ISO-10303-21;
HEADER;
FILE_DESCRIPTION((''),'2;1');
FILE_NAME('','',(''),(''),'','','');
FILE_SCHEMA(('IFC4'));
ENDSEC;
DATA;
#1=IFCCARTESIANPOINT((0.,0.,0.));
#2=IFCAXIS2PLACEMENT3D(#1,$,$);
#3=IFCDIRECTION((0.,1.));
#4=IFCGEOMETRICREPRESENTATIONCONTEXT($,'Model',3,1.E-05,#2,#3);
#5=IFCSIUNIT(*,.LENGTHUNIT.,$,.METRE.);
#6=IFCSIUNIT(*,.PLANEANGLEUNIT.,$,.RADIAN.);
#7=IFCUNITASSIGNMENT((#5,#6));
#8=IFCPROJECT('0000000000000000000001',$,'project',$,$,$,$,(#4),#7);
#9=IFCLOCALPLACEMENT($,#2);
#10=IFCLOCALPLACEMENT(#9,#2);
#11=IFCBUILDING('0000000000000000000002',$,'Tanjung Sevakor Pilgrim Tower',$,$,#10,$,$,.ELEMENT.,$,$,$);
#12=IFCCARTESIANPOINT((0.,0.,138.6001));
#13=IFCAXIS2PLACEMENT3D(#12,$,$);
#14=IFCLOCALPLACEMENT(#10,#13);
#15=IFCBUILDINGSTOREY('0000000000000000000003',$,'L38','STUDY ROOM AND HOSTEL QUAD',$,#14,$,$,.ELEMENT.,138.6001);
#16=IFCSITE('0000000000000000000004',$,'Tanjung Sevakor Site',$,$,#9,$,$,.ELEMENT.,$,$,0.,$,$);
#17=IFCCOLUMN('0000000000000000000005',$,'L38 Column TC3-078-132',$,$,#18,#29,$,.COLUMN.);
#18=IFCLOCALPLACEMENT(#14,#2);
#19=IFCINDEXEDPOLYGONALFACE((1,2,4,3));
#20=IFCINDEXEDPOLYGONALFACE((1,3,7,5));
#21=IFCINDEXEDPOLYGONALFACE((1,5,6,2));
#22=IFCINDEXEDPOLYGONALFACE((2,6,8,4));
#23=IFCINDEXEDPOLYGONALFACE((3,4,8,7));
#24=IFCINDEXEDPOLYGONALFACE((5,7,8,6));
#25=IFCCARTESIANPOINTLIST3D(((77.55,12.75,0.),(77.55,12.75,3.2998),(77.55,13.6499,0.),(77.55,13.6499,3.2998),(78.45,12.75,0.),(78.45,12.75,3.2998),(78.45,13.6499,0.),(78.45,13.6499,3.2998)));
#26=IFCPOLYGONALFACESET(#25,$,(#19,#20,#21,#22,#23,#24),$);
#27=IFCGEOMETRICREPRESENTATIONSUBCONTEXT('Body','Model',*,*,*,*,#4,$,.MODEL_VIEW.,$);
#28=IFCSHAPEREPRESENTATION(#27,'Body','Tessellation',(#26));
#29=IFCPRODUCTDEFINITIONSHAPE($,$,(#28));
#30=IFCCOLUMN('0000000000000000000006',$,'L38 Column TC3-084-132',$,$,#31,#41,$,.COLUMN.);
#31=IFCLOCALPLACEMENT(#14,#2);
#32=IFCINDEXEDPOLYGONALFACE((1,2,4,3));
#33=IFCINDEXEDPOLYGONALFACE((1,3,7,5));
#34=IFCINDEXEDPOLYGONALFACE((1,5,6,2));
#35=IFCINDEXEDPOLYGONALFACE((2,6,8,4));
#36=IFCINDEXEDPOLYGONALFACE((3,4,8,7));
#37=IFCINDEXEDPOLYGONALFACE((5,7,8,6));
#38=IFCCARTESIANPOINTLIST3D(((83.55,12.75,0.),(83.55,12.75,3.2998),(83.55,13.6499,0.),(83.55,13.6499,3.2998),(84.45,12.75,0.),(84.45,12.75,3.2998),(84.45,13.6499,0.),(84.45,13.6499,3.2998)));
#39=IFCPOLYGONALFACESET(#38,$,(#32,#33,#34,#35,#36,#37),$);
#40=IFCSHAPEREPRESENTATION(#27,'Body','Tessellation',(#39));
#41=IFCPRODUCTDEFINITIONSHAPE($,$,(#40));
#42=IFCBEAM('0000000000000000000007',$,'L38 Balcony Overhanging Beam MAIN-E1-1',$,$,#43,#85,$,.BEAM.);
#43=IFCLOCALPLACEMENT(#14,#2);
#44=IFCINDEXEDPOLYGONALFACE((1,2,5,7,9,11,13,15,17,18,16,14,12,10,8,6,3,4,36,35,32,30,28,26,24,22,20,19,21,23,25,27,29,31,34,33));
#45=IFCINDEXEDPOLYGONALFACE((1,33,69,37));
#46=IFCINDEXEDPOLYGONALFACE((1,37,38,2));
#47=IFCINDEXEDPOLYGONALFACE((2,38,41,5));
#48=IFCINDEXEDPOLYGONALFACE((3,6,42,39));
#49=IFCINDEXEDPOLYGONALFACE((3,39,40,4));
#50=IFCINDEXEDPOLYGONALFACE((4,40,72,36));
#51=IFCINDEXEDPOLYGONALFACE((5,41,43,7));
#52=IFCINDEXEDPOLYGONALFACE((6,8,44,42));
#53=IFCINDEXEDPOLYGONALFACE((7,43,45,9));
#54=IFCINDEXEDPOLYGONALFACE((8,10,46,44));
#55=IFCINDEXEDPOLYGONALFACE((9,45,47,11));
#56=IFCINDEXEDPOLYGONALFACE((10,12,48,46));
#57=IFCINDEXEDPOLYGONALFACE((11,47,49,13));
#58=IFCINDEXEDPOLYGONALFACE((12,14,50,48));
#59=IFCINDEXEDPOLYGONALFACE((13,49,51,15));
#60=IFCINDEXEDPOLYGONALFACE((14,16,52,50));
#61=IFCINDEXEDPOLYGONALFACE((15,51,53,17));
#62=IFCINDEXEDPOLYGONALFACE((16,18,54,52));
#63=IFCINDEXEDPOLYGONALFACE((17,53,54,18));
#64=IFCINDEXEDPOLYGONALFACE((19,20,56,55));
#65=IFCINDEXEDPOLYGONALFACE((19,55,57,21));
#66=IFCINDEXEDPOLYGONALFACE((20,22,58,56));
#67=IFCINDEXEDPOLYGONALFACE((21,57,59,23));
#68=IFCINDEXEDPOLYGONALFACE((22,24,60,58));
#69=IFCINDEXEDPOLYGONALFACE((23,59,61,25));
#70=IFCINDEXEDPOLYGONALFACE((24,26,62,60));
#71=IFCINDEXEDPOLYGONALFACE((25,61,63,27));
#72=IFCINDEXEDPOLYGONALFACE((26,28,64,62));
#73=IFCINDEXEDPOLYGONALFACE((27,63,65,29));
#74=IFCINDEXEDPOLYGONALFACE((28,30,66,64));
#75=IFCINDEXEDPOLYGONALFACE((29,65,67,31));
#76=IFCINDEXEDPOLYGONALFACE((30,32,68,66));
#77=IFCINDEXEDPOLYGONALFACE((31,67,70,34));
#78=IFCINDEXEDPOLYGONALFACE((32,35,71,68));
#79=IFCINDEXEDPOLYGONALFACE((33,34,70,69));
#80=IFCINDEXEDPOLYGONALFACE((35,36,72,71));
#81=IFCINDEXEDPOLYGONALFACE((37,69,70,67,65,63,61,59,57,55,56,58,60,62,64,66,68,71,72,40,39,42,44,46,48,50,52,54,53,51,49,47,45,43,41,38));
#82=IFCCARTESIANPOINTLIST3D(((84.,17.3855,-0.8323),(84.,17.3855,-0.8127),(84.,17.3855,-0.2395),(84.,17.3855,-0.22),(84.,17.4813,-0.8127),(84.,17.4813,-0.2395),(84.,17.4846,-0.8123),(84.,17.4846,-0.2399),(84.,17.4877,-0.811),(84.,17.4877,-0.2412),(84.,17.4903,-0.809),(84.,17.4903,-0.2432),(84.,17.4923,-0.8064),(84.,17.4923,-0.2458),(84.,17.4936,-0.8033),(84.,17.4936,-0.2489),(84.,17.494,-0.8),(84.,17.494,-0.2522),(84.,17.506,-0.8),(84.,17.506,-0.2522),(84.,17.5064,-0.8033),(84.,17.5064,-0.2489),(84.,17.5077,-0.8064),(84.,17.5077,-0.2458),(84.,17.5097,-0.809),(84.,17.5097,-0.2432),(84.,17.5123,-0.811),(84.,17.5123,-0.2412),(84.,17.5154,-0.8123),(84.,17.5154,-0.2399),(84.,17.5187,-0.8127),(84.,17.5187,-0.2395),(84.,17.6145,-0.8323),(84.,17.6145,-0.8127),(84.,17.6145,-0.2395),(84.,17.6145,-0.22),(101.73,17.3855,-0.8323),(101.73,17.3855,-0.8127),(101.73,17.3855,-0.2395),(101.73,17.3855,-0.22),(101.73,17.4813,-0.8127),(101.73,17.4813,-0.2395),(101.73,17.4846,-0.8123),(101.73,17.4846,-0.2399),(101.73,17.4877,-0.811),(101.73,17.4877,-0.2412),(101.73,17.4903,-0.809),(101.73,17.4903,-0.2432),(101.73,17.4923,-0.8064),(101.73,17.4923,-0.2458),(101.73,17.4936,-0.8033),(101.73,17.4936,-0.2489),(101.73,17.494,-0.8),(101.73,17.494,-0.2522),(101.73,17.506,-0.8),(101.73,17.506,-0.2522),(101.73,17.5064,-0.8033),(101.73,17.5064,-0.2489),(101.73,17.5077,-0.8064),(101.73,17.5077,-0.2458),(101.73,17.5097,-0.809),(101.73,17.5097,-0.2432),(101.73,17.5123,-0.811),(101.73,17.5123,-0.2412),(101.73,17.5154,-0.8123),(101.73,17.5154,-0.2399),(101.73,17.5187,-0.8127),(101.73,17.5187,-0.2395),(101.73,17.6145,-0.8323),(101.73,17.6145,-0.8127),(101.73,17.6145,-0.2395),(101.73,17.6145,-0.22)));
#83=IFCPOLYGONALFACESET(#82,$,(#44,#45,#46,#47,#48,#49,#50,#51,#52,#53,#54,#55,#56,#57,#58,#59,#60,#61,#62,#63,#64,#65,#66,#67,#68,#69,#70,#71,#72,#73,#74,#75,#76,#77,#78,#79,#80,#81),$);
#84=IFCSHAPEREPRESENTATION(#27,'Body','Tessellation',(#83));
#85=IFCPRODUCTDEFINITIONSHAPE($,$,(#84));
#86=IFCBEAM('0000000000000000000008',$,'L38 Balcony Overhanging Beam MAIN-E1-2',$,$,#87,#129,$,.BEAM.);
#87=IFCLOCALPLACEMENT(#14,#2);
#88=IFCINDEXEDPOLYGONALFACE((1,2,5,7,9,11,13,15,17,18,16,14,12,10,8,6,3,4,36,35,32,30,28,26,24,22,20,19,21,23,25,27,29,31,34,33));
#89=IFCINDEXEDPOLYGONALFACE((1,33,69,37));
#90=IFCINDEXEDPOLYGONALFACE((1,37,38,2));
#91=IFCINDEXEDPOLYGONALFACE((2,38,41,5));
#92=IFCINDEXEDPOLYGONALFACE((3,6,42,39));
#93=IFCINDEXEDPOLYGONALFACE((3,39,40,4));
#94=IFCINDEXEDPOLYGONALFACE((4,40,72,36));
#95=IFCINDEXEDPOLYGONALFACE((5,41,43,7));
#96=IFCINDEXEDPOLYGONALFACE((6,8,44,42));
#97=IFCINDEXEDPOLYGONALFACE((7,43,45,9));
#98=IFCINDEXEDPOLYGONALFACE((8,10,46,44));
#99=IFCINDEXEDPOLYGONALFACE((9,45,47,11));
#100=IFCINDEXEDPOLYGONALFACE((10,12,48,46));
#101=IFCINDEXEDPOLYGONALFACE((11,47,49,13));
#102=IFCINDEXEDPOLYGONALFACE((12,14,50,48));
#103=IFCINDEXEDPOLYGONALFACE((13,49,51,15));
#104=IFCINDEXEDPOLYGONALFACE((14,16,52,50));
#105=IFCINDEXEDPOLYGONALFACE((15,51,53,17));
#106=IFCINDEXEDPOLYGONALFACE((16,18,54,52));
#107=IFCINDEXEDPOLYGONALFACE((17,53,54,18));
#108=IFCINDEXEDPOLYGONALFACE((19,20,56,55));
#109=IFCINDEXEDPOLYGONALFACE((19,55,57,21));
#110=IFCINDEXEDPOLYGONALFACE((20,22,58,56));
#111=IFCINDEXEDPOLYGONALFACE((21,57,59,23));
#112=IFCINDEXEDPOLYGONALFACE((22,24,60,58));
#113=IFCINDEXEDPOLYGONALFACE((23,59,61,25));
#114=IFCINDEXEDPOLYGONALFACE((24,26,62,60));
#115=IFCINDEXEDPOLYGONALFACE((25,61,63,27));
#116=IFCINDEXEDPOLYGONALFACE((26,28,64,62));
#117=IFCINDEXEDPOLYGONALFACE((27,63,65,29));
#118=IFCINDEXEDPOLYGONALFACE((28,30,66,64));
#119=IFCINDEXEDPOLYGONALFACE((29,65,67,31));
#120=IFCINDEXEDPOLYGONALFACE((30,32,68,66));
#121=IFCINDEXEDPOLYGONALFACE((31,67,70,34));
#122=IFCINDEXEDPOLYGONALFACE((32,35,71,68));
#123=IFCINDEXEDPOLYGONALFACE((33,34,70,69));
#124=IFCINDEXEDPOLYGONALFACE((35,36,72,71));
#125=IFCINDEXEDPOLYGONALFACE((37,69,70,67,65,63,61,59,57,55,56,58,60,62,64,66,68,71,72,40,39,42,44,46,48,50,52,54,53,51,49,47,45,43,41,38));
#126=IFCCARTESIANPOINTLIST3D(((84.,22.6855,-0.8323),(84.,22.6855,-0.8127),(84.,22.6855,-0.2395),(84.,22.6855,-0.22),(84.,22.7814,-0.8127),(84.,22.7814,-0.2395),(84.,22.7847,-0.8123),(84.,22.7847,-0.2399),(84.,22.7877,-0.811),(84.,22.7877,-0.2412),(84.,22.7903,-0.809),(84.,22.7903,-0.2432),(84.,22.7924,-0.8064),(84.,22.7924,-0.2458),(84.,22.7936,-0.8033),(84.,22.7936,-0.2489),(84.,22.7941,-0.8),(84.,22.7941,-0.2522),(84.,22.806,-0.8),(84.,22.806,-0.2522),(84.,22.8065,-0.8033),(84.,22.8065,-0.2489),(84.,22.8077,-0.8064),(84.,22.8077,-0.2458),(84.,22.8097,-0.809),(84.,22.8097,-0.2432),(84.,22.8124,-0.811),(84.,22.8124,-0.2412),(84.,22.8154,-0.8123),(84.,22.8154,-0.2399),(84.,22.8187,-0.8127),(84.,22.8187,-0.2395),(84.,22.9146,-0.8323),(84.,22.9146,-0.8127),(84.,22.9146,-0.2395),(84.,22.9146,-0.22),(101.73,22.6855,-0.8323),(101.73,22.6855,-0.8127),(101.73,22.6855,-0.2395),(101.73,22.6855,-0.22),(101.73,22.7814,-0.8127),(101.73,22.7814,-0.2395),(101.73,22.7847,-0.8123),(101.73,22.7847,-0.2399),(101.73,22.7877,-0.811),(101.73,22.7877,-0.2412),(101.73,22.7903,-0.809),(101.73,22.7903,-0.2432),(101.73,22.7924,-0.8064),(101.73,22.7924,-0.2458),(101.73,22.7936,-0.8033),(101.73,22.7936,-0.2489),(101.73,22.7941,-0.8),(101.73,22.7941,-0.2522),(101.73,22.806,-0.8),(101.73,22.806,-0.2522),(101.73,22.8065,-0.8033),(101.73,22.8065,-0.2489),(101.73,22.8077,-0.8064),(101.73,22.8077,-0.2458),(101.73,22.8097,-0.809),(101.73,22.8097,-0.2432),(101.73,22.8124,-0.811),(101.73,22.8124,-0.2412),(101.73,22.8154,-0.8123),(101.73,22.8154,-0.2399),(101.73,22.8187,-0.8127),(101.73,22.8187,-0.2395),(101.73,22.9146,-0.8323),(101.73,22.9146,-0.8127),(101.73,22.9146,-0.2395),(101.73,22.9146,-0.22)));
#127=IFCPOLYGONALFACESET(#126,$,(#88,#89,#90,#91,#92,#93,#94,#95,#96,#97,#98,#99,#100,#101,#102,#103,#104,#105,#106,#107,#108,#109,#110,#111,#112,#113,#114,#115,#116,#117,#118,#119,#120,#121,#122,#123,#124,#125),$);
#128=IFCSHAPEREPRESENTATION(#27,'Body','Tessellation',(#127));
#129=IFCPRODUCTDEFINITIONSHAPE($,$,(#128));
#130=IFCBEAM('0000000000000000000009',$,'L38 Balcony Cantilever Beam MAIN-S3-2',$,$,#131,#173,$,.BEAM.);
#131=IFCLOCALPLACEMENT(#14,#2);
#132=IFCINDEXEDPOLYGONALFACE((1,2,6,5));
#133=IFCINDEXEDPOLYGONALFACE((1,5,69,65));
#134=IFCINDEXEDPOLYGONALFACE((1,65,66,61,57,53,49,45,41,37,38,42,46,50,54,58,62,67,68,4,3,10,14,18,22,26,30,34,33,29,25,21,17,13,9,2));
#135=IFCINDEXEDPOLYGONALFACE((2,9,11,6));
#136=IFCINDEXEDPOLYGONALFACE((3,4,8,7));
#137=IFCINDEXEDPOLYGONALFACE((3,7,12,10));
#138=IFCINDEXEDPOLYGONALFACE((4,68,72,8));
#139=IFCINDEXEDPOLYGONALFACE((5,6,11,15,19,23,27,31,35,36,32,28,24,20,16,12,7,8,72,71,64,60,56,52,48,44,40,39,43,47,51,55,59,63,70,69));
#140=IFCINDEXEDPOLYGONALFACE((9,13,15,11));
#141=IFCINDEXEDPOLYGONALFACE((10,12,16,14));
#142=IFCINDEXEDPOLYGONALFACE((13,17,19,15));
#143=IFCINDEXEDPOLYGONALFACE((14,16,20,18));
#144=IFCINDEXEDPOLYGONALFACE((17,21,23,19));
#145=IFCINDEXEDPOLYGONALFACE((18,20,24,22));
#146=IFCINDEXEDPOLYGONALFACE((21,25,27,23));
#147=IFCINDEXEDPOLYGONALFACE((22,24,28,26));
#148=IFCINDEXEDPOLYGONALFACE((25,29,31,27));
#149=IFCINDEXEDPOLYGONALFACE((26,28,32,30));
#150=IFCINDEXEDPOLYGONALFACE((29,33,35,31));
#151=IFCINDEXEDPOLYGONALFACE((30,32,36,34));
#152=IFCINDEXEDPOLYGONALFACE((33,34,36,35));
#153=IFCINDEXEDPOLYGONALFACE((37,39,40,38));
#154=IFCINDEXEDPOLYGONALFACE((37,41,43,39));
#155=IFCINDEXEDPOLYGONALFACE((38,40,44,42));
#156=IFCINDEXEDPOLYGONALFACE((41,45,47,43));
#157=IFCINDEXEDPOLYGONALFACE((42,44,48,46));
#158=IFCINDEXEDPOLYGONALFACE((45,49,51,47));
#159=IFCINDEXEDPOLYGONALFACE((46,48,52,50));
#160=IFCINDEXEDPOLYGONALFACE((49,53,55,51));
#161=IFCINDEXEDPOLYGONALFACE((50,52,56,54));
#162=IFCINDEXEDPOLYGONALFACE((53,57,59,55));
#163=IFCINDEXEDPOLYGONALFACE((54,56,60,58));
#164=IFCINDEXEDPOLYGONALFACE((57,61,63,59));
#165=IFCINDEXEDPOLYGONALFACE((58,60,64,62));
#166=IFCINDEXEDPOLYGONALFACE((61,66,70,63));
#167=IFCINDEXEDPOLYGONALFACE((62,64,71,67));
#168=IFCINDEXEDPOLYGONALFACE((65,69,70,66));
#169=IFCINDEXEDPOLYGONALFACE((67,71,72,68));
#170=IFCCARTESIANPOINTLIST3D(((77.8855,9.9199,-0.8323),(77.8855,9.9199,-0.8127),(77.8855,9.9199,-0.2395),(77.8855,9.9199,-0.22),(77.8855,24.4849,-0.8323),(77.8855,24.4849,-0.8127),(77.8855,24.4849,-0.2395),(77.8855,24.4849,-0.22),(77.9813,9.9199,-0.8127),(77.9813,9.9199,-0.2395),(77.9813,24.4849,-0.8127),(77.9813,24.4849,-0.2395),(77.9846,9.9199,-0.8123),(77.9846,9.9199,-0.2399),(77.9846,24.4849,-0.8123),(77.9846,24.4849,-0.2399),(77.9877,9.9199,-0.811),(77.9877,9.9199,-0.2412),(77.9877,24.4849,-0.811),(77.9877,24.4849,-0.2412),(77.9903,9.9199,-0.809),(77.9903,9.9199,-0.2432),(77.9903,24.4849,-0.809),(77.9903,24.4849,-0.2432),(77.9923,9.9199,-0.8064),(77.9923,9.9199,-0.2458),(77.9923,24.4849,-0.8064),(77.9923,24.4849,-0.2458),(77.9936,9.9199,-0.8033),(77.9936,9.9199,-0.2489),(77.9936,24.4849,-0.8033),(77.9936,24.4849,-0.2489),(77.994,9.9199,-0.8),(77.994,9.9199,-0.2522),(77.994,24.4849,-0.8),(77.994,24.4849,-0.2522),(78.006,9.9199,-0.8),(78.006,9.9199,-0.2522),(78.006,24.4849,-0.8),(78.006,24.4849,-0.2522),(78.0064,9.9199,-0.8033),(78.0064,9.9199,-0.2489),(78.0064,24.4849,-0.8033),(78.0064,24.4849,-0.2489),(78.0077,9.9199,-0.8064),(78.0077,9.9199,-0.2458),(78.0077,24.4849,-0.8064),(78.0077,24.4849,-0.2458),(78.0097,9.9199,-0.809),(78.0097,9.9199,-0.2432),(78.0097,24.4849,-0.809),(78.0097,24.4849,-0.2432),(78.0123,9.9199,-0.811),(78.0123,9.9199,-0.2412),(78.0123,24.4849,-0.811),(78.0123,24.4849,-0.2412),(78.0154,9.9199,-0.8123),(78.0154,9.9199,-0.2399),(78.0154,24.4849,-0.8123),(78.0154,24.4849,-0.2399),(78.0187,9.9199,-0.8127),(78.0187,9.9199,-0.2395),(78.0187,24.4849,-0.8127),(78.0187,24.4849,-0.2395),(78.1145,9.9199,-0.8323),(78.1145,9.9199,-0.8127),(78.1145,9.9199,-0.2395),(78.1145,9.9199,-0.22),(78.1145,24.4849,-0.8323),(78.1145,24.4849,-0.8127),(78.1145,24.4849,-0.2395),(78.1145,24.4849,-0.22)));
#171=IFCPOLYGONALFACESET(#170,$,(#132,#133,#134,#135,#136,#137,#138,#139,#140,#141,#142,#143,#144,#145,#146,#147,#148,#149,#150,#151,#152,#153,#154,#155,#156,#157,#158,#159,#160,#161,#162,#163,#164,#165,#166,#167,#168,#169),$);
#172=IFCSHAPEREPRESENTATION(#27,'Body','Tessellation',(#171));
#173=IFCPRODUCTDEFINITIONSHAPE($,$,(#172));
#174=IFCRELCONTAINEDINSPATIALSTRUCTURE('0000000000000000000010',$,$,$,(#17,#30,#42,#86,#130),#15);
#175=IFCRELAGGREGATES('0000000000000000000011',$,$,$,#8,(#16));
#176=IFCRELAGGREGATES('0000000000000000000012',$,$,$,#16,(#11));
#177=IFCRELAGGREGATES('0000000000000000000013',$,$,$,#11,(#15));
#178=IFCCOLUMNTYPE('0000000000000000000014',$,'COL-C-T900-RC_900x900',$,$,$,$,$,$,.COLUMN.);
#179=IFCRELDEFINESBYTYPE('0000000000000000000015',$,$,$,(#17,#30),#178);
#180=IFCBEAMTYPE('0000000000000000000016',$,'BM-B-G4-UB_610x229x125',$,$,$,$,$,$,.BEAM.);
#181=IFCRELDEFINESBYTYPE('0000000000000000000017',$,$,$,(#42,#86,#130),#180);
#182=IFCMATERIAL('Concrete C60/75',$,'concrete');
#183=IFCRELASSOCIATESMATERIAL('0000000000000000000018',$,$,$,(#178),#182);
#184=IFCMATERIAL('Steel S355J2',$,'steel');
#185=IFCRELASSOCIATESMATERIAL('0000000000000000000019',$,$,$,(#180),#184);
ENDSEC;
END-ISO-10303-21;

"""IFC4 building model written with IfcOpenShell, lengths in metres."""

from ifc_helpers import new_model, si_unit, direction, frame, origin, origin_2d, place, context, subcontext, project, spatial, rectangle, i_section, extrude, material, material_profile, profile_set, type_object, element, save


model = new_model("IFC4")

# Units and contexts
model_context = context("Model", 3, precision=1e-05, world=origin(), true_north=direction((0.0, 1.0)))
body_context = subcontext(model_context, "Body", "Model", "MODEL_VIEW")
ifc_project = project(units=[si_unit("LENGTHUNIT", "METRE"), si_unit("PLANEANGLEUNIT", "RADIAN")], contexts=[model_context])

# Site, building, storey
site_placement = place(None, origin())
site = spatial("IfcSite", under=ifc_project, at=site_placement, Name="Tanjung Sevakor Site", CompositionType="ELEMENT", RefElevation=0.0)
building_placement = place(site_placement, origin())
building = spatial("IfcBuilding", under=site, at=building_placement, Name="Tanjung Sevakor Pilgrim Tower", CompositionType="ELEMENT")
storey_placement = place(building_placement, frame((0.0, 0.0, 138.6001)))
storey = spatial("IfcBuildingStorey", under=building, at=storey_placement, Name="L38", Description="STUDY ROOM AND HOSTEL QUAD", CompositionType="ELEMENT", Elevation=138.6001)

# Columns
ifc_material_1 = material(Name="Concrete C60/75", Category="concrete")
ifc_material_profile_1 = material_profile(ifc_material_1, rectangle(XDim=0.8999, YDim=0.8999, at=origin_2d()))
ifc_profile_set_1 = profile_set([ifc_material_profile_1], Name="Concrete C60/75")
column_type = type_object("IfcColumnType", Name="COL-C-T900-RC_900x900", PredefinedType="COLUMN", material=ifc_profile_set_1)
for number, where, z_axis, x_axis, name in (
    (1, (78.0, 13.2, 0.0), (0.0, 0.0, 1.0), (1.0, 0.0, 0.0), "L38 Column TC3-078-132"),
    (2, (84.0, 13.2, 0.0), (0.0, 0.0, 1.0), (1.0, 0.0, 0.0), "L38 Column TC3-084-132"),
):
    element("IfcColumn", number, at=place(storey_placement, frame(where, z_axis=z_axis, x_axis=x_axis)), inside=storey, type_object=column_type, Name=name, PredefinedType="COLUMN", context=body_context, shape_type="SweptSolid", body=[
        extrude(rectangle(XDim=0.8999, YDim=0.8999, at=origin_2d()), origin(), (0.0, 0.0, 1.0), 3.2998),
    ])

# Beams
ifc_material_2 = material(Name="Steel S355J2", Category="steel")
ifc_material_profile_2 = material_profile(ifc_material_2, i_section(OverallWidth=0.229, OverallDepth=0.6123, WebThickness=0.012, FlangeThickness=0.0195, FilletRadius=0.0127, at=origin_2d()))
ifc_profile_set_2 = profile_set([ifc_material_profile_2], Name="Steel S355J2")
beam_type_1 = type_object("IfcBeamType", Name="BM-B-G4-UB_610x229x125", PredefinedType="BEAM", material=ifc_profile_set_2)
for number, where, z_axis, x_axis, name in (
    (3, (84.0, 17.5, -0.5261), (1.0, 0.0, 0.0), (0.0, 1.0, 0.0), "L38 Balcony Overhanging Beam MAIN-E1-1"),
    (4, (84.0, 22.8, -0.5261), (1.0, 0.0, 0.0), (0.0, 1.0, 0.0), "L38 Balcony Overhanging Beam MAIN-E1-2"),
):
    element("IfcBeam", number, at=place(storey_placement, frame(where, z_axis=z_axis, x_axis=x_axis)), inside=storey, type_object=beam_type_1, Name=name, PredefinedType="BEAM", context=body_context, shape_type="SweptSolid", body=[
        extrude(i_section(OverallWidth=0.229, OverallDepth=0.6123, WebThickness=0.012, FlangeThickness=0.0195, FilletRadius=0.0127, at=origin_2d()), origin(), (0.0, 0.0, 1.0), 17.73),
    ])
beam_1_placement = place(storey_placement, frame((78.0, 24.4849, -0.5261), z_axis=(0.0, -1.0, 0.0), x_axis=(1.0, 0.0, 0.0)))
element("IfcBeam", 5, at=beam_1_placement, inside=storey, type_object=beam_type_1, Name="L38 Balcony Cantilever Beam MAIN-S3-2", PredefinedType="BEAM", context=body_context, shape_type="SweptSolid", body=[
    extrude(i_section(OverallWidth=0.229, OverallDepth=0.6123, WebThickness=0.012, FlangeThickness=0.0195, FilletRadius=0.0127, at=origin_2d()), origin(), (0.0, 0.0, 1.0), 14.5649),
])

save(model, "model.ifc")
